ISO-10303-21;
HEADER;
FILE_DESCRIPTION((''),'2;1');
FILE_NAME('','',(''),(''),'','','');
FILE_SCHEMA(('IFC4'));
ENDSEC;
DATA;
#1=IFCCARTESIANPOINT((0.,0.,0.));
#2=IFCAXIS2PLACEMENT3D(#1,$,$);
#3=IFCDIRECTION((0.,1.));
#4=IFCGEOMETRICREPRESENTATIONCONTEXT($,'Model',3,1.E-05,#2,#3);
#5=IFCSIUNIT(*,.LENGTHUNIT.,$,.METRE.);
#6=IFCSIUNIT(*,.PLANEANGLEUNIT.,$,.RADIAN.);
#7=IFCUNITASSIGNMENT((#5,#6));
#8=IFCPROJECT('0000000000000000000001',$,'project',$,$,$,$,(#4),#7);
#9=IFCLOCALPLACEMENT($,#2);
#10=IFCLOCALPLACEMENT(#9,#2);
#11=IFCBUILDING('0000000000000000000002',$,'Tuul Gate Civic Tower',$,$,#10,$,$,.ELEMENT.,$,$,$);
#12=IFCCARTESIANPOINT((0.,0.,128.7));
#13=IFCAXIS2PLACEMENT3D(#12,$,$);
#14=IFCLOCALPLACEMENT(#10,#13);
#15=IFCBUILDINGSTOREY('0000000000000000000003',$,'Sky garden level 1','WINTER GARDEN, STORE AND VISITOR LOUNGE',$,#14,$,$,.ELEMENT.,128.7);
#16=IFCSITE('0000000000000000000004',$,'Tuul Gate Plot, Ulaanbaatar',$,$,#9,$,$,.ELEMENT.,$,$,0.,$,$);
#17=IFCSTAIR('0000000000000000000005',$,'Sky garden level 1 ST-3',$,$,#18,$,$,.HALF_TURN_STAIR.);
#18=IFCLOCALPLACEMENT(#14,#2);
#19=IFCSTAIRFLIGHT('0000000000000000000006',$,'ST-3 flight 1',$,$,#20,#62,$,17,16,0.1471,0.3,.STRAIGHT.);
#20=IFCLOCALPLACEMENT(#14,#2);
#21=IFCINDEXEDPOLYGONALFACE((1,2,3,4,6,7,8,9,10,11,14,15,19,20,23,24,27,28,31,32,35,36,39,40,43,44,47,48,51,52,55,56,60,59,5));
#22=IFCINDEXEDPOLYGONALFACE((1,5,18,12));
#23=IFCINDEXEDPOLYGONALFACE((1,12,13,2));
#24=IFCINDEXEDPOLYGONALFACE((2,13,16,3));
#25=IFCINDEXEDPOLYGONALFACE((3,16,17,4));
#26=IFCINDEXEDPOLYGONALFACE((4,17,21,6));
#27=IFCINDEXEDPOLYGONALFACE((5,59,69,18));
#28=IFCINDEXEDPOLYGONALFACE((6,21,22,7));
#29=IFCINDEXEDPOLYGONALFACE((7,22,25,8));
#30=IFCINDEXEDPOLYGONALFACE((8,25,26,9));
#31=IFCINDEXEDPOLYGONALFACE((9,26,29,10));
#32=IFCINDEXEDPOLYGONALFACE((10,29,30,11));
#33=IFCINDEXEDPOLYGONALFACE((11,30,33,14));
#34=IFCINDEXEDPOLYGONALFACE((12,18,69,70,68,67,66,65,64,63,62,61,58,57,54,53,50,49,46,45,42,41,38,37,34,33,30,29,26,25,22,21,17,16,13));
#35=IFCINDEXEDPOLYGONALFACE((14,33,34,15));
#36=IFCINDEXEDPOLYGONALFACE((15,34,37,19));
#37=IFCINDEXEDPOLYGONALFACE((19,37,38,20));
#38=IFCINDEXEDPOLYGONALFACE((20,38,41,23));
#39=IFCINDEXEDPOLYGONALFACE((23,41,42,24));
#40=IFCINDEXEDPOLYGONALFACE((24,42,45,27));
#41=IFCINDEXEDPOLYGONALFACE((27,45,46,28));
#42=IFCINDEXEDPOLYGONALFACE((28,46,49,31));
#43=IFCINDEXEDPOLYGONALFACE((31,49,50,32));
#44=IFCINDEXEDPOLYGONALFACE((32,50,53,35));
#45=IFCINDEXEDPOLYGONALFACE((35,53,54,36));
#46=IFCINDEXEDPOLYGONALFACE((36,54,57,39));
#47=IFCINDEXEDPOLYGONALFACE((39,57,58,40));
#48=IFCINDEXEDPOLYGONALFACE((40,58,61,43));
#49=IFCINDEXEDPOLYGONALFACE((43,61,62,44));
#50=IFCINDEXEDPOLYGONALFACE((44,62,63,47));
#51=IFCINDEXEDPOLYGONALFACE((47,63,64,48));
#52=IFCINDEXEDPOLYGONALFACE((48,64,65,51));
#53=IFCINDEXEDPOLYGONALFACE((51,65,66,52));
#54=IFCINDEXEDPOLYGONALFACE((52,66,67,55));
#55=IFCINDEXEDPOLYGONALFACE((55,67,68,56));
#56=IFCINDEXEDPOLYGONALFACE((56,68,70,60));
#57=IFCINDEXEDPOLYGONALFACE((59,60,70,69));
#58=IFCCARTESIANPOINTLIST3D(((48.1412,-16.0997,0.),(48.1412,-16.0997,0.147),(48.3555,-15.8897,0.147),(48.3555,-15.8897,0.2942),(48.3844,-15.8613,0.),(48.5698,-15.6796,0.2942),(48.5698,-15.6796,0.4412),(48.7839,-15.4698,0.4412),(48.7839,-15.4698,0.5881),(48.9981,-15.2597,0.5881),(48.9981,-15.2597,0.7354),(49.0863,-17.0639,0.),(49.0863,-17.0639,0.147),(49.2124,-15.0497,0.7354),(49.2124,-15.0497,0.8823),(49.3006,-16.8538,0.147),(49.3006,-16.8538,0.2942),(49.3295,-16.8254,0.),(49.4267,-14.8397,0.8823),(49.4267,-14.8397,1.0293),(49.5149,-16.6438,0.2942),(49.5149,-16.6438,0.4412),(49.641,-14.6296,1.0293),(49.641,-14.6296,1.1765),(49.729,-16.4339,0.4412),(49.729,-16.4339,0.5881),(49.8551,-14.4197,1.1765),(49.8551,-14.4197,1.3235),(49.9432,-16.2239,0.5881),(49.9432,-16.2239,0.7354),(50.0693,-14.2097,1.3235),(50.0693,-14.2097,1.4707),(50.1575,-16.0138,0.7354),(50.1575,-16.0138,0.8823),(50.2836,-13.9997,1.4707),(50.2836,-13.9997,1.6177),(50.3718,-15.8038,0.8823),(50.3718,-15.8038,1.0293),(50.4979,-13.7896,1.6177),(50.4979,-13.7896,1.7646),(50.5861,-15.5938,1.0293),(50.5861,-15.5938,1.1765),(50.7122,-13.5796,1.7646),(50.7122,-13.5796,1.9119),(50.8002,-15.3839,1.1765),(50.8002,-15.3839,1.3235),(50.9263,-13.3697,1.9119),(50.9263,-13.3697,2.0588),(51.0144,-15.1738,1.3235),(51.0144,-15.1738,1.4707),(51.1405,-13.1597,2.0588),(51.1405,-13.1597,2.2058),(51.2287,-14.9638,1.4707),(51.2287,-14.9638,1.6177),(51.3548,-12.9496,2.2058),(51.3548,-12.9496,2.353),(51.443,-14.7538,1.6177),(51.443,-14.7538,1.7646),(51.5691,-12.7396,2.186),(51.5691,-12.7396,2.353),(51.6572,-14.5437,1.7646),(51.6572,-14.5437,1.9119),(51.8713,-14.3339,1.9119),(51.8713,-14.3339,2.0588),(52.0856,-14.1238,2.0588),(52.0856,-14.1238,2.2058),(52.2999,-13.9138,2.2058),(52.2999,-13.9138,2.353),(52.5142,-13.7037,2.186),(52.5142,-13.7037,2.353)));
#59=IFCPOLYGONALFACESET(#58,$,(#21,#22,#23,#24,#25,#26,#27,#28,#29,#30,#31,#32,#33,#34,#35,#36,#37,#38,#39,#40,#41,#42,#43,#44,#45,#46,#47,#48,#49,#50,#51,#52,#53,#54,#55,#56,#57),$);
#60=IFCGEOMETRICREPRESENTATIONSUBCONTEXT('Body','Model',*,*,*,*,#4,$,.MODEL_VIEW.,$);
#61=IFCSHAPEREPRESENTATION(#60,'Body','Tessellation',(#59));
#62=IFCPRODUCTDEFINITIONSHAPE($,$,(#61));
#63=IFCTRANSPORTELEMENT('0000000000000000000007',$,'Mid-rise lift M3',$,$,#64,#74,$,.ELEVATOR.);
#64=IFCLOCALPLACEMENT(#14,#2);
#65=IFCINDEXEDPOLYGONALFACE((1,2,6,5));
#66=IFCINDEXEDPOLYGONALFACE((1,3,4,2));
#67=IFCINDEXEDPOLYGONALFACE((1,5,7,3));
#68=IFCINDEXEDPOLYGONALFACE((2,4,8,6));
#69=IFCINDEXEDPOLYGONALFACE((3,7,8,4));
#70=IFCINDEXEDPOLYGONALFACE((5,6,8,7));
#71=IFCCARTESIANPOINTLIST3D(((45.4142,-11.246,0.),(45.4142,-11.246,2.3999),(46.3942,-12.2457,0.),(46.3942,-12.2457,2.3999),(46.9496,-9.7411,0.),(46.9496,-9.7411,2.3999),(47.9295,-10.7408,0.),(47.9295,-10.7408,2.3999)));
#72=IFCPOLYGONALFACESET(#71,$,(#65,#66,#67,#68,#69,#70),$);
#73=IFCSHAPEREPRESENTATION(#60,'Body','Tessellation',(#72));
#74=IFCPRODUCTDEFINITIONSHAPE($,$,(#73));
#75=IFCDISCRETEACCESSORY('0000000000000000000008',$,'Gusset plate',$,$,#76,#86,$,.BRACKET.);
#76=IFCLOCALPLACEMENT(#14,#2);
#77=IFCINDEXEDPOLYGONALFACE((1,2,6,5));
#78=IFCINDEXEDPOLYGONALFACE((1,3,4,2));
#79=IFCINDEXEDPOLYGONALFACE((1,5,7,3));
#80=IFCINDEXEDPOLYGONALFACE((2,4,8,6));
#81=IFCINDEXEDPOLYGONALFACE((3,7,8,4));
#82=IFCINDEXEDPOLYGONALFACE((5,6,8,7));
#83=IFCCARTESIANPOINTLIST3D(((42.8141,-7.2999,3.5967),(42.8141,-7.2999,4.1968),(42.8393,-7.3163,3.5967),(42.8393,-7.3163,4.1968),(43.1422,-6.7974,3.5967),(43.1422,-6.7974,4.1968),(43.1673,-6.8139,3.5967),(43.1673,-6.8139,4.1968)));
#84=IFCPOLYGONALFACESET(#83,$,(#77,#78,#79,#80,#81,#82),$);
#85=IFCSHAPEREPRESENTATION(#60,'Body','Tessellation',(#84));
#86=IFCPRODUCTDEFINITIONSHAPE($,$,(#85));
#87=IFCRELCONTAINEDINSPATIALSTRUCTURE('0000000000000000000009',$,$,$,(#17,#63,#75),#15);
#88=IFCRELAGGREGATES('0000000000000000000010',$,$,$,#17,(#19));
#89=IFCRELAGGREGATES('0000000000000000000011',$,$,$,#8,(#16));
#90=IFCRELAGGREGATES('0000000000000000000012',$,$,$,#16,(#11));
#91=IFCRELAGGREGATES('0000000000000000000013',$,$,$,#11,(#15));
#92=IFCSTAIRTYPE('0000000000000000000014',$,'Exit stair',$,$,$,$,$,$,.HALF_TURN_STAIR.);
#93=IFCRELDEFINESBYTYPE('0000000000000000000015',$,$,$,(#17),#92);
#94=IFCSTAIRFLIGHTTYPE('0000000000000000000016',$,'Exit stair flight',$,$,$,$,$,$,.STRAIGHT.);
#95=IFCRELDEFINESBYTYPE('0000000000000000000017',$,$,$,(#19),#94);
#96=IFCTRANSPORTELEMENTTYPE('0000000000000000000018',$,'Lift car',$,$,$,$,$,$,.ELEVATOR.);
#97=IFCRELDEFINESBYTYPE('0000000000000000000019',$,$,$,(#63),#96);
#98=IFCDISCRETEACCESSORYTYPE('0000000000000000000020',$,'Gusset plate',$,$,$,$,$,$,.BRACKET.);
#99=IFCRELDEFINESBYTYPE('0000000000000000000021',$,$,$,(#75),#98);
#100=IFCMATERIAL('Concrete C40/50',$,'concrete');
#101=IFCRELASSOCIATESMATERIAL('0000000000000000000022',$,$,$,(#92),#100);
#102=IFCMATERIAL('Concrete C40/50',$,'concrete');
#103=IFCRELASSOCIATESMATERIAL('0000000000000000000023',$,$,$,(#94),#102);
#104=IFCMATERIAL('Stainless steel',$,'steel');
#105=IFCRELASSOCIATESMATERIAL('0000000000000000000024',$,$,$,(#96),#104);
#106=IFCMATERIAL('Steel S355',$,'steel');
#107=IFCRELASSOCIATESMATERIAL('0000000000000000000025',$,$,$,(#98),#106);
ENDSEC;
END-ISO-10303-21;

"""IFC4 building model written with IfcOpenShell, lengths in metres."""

from ifc_helpers import new_model, si_unit, direction, frame, origin, origin_2d, place, context, subcontext, project, spatial, polyline, rectangle, outline, extrude, material, type_object, element, aggregate, save


model = new_model("IFC4")

# Units and contexts
model_context = context("Model", 3, precision=1e-05, world=origin(), true_north=direction((0.0, 1.0)))
body_context = subcontext(model_context, "Body", "Model", "MODEL_VIEW")
ifc_project = project(units=[si_unit("LENGTHUNIT", "METRE"), si_unit("PLANEANGLEUNIT", "RADIAN")], contexts=[model_context])

# Site, building, storey
site_placement = place(None, origin())
site = spatial("IfcSite", under=ifc_project, at=site_placement, Name="Tuul Gate Plot, Ulaanbaatar", CompositionType="ELEMENT", RefElevation=0.0)
building_placement = place(site_placement, origin())
building = spatial("IfcBuilding", under=site, at=building_placement, Name="Tuul Gate Civic Tower", CompositionType="ELEMENT")
storey_placement = place(building_placement, frame((0.0, 0.0, 128.7)))
storey = spatial("IfcBuildingStorey", under=building, at=storey_placement, Name="Sky garden level 1", Description="WINTER GARDEN, STORE AND VISITOR LOUNGE", CompositionType="ELEMENT", Elevation=128.7)

# Stair, stair flight
ifc_material_1 = material(Name="Concrete C40/50", Category="concrete")
stair_type = type_object("IfcStairType", Name="Exit stair", PredefinedType="HALF_TURN_STAIR", material=ifc_material_1)
stair_placement = place(storey_placement, origin())
stair = element("IfcStair", 1, at=stair_placement, inside=storey, type_object=stair_type, Name="Sky garden level 1 ST-3", PredefinedType="HALF_TURN_STAIR")
ifc_material_2 = material(Name="Concrete C40/50", Category="concrete")
stair_flight_type = type_object("IfcStairFlightType", Name="Exit stair flight", PredefinedType="STRAIGHT", material=ifc_material_2)
stair_flight_placement = place(storey_placement, frame((48.6138, -16.5818, 0.0), z_axis=(0.0, 0.0, 1.0), x_axis=(0.714127, 0.700016, 0.0)))
stair_flight = element("IfcStairFlight", 2, at=stair_flight_placement, type_object=stair_flight_type, Name="ST-3 flight 1", NumberOfRisers=17, NumberOfTreads=16, PredefinedType="STRAIGHT", RiserHeight=0.1471, TreadLength=0.3, context=body_context, shape_type="SweptSolid", body=[
    extrude(outline(polyline([(0.0, 0.0), (0.0, 0.147), (0.3, 0.147), (0.3, 0.2942), (0.6001, 0.2942), (0.6001, 0.4412), (0.8999, 0.4412), (0.8999, 0.5881), (1.2, 0.5881), (1.2, 0.7354), (1.5, 0.7354), (1.5, 0.8823), (1.8, 0.8823), (1.8, 1.0293), (2.1001, 1.0293), (2.1001, 1.1765), (2.3999, 1.1765), (2.3999, 1.3235), (2.7, 1.3235), (2.7, 1.4707), (3.0, 1.4707), (3.0, 1.6177), (3.3, 1.6177), (3.3, 1.7646), (3.6001, 1.7646), (3.6001, 1.9119), (3.8999, 1.9119), (3.8999, 2.0588), (4.2, 2.0588), (4.2, 2.2058), (4.5, 2.2058), (4.5, 2.353), (4.8, 2.353), (4.8, 2.5), (4.8, 2.186), (0.3406, 0.0), (0.0, 0.0)])), frame((0.0, 0.675, 0.0), z_axis=(0.0, -1.0, 0.0), x_axis=(1.0, 0.0, 0.0)), (0.0, 0.0, 1.0), 1.3501),
])
aggregate(stair, [stair_flight])

# Transport element
ifc_material_3 = material(Name="Stainless steel", Category="steel")
transport_element_type = type_object("IfcTransportElementType", Name="Lift car", PredefinedType="ELEVATOR", material=ifc_material_3)
transport_element_placement = place(storey_placement, frame((46.6719, -10.9934, 0.0), z_axis=(0.0, 0.0, 1.0), x_axis=(-0.700009, 0.714134, 0.0)))
element("IfcTransportElement", 3, at=transport_element_placement, inside=storey, type_object=transport_element_type, Name="Mid-rise lift M3", PredefinedType="ELEVATOR", context=body_context, shape_type="SweptSolid", body=[
    extrude(rectangle(XDim=1.3999, YDim=2.1499, at=origin_2d()), origin(), (0.0, 0.0, 1.0), 2.3999),
])

# Discrete accessory
ifc_material_4 = material(Name="Steel S355", Category="steel")
discrete_accessory_type = type_object("IfcDiscreteAccessoryType", Name="Gusset plate", PredefinedType="BRACKET", material=ifc_material_4)
discrete_accessory_placement = place(storey_placement, frame((42.9907, -7.0569, 3.5967), z_axis=(0.0, 0.0, 1.0), x_axis=(0.546711, 0.837322, 0.0)))
element("IfcDiscreteAccessory", 4, at=discrete_accessory_placement, inside=storey, type_object=discrete_accessory_type, Name="Gusset plate", PredefinedType="BRACKET", context=body_context, shape_type="SweptSolid", body=[
    extrude(rectangle(XDim=0.6001, YDim=0.03, at=origin_2d()), origin(), (0.0, 0.0, 1.0), 0.6001),
])

save(model, "model.ifc")
